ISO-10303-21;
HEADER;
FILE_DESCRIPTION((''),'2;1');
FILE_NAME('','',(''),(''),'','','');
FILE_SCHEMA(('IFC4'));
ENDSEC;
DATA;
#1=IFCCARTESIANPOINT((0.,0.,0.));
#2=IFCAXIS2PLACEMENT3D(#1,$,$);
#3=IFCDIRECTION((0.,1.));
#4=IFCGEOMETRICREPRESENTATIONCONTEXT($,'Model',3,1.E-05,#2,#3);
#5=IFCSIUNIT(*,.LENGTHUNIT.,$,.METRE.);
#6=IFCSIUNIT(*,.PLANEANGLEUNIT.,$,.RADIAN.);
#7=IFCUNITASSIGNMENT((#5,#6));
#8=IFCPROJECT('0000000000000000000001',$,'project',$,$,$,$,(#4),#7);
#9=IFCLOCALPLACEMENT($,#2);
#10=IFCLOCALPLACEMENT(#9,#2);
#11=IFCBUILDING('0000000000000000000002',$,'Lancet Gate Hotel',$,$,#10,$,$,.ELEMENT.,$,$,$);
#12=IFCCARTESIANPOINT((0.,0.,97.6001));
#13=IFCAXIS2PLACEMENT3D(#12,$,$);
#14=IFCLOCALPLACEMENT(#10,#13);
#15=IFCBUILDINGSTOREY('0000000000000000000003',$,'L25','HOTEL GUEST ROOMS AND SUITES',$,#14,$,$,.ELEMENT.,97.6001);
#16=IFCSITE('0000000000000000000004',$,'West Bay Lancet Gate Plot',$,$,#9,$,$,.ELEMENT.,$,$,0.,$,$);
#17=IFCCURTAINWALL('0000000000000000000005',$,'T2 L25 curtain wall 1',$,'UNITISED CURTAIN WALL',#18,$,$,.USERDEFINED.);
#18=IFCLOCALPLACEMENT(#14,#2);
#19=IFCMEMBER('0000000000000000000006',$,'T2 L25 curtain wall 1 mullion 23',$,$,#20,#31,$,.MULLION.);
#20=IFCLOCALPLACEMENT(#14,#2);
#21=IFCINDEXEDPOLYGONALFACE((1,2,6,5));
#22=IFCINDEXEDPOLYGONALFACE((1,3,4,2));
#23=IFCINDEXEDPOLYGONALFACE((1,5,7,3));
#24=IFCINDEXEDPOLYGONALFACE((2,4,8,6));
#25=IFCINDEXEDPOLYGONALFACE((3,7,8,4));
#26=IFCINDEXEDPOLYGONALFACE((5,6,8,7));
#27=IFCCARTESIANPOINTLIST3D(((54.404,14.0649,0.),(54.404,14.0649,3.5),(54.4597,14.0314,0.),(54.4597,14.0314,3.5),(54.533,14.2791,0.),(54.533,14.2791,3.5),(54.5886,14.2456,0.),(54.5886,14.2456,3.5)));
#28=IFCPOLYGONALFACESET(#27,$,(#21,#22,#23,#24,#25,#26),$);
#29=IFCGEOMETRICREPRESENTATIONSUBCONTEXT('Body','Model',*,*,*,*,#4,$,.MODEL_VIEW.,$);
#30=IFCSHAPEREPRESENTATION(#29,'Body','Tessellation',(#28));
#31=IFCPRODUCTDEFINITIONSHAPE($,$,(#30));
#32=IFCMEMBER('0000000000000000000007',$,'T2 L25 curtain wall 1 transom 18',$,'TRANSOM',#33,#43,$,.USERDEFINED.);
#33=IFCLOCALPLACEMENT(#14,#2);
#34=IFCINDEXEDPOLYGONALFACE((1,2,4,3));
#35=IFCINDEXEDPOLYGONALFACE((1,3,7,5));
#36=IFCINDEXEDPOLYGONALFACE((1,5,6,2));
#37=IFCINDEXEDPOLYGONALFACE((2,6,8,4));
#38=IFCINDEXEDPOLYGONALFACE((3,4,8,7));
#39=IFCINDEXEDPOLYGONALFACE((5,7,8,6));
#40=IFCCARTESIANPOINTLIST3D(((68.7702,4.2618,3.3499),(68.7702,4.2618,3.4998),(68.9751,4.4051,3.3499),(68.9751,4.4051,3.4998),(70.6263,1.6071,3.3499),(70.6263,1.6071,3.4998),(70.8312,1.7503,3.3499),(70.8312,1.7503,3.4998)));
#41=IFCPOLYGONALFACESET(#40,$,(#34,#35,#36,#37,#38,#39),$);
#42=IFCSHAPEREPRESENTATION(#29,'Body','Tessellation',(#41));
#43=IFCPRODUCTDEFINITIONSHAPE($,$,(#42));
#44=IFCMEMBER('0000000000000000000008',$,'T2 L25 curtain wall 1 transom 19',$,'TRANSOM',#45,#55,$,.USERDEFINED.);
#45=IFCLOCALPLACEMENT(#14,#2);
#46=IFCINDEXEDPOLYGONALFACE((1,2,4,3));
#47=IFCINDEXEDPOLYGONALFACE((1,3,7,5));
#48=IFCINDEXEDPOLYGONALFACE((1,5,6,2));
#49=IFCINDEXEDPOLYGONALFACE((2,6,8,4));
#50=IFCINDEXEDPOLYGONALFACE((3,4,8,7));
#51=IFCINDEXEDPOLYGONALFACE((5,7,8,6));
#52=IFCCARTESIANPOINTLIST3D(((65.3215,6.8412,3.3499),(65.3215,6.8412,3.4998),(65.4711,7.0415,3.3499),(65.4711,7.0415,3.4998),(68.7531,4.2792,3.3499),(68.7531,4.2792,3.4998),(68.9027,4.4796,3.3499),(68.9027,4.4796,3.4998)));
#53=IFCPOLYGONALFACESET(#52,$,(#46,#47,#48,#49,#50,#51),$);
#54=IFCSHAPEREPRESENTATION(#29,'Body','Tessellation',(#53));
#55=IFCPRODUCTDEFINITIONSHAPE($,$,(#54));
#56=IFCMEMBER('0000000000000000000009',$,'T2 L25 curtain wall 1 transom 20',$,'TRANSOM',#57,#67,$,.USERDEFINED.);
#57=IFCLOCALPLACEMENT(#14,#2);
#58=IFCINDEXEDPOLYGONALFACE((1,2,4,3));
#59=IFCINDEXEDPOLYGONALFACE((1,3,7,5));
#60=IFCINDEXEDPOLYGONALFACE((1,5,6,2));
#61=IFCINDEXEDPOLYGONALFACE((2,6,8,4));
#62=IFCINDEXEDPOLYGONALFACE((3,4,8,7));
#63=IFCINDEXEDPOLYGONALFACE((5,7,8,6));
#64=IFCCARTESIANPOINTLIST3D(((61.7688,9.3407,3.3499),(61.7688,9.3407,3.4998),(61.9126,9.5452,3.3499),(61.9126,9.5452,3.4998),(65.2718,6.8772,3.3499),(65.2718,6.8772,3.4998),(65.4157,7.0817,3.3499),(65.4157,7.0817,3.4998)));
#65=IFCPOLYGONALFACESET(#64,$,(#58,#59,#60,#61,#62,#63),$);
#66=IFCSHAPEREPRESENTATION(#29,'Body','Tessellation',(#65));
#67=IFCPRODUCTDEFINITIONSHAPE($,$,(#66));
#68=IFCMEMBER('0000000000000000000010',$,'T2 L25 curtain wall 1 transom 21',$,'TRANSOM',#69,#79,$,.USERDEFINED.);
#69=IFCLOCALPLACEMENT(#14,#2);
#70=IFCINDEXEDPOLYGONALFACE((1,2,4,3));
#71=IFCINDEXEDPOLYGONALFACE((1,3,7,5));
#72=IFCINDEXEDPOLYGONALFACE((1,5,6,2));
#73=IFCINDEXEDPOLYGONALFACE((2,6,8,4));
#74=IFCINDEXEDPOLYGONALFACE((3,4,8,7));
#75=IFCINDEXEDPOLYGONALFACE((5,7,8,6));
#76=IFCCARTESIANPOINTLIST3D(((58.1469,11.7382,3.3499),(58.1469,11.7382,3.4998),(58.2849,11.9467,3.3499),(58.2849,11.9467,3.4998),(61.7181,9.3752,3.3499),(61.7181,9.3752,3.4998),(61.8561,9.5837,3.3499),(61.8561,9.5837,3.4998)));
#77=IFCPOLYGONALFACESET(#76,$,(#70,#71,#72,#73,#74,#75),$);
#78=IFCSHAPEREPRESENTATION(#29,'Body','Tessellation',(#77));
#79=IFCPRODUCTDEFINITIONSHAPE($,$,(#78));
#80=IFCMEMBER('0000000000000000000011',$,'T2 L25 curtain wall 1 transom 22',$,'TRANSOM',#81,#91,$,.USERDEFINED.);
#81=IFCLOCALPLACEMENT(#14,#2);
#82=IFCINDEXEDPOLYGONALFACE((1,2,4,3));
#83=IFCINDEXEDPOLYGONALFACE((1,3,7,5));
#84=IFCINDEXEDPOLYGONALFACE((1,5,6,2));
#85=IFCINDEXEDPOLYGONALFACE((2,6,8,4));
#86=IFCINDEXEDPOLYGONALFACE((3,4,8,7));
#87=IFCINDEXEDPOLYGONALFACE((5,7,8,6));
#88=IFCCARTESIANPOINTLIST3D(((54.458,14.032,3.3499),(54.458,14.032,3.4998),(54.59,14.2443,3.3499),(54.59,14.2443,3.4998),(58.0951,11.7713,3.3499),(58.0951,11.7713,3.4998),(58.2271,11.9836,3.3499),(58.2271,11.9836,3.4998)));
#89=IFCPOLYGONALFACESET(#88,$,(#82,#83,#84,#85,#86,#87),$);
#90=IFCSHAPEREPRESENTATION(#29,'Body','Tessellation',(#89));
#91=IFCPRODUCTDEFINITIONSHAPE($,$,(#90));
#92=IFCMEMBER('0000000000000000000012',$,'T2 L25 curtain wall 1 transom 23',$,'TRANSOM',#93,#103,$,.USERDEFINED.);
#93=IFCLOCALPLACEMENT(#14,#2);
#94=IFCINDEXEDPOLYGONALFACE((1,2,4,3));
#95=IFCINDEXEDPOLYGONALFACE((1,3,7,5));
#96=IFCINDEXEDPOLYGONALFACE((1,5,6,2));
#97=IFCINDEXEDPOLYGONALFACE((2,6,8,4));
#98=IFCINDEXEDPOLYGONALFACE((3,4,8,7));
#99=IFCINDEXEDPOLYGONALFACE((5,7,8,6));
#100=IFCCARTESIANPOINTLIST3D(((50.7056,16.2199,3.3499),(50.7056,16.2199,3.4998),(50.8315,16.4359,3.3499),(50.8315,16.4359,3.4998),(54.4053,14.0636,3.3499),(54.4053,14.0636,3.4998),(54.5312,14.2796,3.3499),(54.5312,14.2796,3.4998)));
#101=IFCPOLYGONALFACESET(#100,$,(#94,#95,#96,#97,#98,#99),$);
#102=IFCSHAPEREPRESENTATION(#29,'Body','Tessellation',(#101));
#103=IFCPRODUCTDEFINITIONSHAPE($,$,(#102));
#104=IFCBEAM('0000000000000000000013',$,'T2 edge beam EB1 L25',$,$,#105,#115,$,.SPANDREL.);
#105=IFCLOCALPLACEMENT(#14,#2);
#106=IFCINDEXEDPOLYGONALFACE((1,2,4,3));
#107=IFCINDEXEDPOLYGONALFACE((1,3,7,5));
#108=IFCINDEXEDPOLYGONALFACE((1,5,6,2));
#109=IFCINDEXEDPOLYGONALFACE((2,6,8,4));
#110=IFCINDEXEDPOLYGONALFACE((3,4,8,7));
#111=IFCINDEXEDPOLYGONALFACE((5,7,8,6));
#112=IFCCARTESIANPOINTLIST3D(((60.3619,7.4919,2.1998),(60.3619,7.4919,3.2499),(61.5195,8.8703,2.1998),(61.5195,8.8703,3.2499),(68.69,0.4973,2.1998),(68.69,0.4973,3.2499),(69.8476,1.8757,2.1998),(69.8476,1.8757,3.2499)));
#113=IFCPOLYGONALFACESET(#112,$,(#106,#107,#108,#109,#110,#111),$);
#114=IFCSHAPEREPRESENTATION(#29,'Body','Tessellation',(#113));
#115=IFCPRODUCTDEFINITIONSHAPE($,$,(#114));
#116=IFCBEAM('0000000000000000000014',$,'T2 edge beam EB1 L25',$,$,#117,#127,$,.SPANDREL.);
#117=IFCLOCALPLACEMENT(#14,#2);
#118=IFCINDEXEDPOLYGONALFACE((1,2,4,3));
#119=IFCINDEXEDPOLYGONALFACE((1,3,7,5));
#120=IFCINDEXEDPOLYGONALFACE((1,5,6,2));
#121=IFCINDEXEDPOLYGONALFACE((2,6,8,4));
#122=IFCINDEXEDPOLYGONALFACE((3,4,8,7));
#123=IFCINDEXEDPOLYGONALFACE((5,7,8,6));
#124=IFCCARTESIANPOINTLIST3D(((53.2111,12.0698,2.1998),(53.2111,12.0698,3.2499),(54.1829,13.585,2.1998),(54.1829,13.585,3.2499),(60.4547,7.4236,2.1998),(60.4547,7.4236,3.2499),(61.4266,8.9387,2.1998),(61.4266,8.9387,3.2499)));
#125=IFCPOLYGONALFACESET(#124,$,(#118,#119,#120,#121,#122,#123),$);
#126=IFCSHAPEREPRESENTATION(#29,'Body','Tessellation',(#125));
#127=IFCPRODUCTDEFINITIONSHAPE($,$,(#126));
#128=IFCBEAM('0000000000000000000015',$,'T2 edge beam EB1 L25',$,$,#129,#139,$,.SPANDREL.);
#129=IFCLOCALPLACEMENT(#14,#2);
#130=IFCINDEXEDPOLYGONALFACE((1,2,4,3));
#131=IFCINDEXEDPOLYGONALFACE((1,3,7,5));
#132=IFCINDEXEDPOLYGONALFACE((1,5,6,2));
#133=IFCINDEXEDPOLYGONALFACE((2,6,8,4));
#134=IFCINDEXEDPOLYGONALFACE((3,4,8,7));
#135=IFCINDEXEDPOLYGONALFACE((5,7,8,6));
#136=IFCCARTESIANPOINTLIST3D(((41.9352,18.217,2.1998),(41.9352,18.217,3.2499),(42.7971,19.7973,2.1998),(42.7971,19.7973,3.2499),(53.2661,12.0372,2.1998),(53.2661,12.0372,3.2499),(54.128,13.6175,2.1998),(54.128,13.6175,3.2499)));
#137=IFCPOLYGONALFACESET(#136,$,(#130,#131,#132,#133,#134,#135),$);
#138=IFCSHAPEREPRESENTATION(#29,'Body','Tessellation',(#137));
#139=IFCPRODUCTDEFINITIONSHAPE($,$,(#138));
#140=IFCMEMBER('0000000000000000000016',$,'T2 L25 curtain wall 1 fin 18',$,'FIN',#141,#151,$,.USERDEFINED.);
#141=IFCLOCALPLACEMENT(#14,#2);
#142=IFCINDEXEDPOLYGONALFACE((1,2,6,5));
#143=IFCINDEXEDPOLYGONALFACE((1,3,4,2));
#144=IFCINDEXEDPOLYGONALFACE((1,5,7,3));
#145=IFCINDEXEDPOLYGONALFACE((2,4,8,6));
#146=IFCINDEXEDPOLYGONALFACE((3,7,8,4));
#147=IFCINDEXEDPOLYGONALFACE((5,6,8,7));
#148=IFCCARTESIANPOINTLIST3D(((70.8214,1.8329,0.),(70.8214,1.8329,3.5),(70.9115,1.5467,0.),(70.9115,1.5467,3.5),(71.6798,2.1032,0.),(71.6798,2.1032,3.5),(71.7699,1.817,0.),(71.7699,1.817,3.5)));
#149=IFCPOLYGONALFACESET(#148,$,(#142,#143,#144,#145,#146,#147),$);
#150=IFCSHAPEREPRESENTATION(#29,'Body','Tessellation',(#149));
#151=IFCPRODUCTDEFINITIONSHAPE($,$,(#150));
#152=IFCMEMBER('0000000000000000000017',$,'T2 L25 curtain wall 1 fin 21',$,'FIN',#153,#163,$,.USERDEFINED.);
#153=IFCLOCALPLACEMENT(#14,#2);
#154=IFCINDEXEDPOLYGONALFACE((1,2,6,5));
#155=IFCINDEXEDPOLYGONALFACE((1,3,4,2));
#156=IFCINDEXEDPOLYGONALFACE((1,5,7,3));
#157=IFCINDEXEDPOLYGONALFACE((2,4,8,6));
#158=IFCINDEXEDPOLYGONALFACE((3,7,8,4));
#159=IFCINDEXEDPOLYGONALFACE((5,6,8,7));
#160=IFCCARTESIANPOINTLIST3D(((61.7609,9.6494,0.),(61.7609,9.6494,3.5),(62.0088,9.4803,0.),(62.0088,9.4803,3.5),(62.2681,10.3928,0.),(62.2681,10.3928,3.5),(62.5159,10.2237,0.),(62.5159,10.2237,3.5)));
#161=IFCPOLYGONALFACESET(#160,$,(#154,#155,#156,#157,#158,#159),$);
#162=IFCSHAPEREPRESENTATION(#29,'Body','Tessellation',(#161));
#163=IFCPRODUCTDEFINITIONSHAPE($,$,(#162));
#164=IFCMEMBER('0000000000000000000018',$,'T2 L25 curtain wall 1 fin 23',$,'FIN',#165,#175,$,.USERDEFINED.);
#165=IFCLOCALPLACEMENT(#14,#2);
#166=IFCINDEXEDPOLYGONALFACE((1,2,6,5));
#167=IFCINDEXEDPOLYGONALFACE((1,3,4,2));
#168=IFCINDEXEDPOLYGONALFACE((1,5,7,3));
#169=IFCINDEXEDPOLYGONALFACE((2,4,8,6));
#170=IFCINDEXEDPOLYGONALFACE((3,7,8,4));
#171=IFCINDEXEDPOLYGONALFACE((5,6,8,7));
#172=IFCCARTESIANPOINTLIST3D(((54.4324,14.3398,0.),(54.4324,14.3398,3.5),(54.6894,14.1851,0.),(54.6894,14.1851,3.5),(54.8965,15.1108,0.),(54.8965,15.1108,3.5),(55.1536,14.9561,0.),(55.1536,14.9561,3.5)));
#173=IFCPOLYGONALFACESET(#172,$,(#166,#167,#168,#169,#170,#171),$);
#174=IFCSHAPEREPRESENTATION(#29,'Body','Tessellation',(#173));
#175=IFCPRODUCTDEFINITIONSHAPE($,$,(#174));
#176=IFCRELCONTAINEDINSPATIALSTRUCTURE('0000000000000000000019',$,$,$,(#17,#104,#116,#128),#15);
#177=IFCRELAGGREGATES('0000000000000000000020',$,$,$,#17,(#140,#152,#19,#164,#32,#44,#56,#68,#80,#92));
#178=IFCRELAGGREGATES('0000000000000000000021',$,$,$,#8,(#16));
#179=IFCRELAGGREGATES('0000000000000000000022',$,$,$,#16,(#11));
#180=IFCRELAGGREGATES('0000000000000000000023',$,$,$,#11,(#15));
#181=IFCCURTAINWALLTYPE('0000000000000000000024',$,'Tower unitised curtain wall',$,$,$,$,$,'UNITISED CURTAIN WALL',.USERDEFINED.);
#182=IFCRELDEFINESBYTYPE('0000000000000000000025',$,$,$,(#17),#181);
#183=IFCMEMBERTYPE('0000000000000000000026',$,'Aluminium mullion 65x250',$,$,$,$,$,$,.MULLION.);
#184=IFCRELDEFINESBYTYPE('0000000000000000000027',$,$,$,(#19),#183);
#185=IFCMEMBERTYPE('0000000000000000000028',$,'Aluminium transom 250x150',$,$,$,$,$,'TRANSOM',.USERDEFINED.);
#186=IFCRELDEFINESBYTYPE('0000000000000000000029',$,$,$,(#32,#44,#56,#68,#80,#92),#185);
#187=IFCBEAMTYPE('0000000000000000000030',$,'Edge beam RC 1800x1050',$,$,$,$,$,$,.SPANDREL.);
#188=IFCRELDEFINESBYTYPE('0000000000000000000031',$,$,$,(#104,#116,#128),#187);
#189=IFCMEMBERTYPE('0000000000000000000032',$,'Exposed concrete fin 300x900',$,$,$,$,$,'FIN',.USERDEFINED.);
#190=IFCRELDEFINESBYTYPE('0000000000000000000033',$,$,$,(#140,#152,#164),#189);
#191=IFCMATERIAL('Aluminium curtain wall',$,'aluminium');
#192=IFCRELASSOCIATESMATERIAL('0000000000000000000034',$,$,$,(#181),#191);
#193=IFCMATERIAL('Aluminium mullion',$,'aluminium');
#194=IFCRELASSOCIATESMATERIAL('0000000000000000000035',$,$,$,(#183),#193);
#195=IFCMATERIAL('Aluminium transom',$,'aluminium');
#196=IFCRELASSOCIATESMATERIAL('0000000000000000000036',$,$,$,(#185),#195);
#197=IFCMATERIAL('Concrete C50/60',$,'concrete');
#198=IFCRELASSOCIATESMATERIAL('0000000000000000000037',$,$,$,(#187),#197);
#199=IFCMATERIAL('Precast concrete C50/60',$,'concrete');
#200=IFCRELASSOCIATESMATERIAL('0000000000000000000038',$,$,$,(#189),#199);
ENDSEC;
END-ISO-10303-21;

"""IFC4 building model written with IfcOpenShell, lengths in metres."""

from ifc_helpers import new_model, si_unit, direction, frame, origin, origin_2d, place, context, subcontext, project, spatial, rectangle, extrude, material, material_profile, profile_set, type_object, element, aggregate, save


model = new_model("IFC4")

# Units and contexts
model_context = context("Model", 3, precision=1e-05, world=origin(), true_north=direction((0.0, 1.0)))
body_context = subcontext(model_context, "Body", "Model", "MODEL_VIEW")
ifc_project = project(units=[si_unit("LENGTHUNIT", "METRE"), si_unit("PLANEANGLEUNIT", "RADIAN")], contexts=[model_context])

# Site, building, storey
site_placement = place(None, origin())
site = spatial("IfcSite", under=ifc_project, at=site_placement, Name="West Bay Lancet Gate Plot", CompositionType="ELEMENT", RefElevation=0.0)
building_placement = place(site_placement, origin())
building = spatial("IfcBuilding", under=site, at=building_placement, Name="Lancet Gate Hotel", CompositionType="ELEMENT")
storey_placement = place(building_placement, frame((0.0, 0.0, 97.6001)))
storey = spatial("IfcBuildingStorey", under=building, at=storey_placement, Name="L25", Description="HOTEL GUEST ROOMS AND SUITES", CompositionType="ELEMENT", Elevation=97.6001)

# Curtain wall, members
ifc_material_1 = material(Name="Aluminium curtain wall", Category="aluminium")
curtain_wall_type = type_object("IfcCurtainWallType", Name="Tower unitised curtain wall", ElementType="UNITISED CURTAIN WALL", PredefinedType="USERDEFINED", material=ifc_material_1)
curtain_wall_placement = place(storey_placement, origin())
curtain_wall = element("IfcCurtainWall", 1, at=curtain_wall_placement, inside=storey, type_object=curtain_wall_type, Name="T2 L25 curtain wall 1", ObjectType="UNITISED CURTAIN WALL", PredefinedType="USERDEFINED")
ifc_material_2 = material(Name="Aluminium mullion", Category="aluminium")
ifc_material_profile_1 = material_profile(ifc_material_2, rectangle(XDim=0.0649, YDim=0.25, at=origin_2d()), Name="MULLION 65x250")
ifc_profile_set_1 = profile_set([ifc_material_profile_1], Name="Aluminium mullion")
member_type_1 = type_object("IfcMemberType", Name="Aluminium mullion 65x250", PredefinedType="MULLION", material=ifc_profile_set_1)
member_1_placement = place(storey_placement, frame((54.4963, 14.1553, 0.0), z_axis=(0.0, 0.0, 1.0), x_axis=(-0.856728, 0.515768, 0.0)))
member_1 = element("IfcMember", 2, at=member_1_placement, type_object=member_type_1, Name="T2 L25 curtain wall 1 mullion 23", PredefinedType="MULLION", context=body_context, shape_type="SweptSolid", body=[
    extrude(rectangle(XDim=0.0649, YDim=0.25, at=origin_2d()), origin(), (0.0, 0.0, 1.0), 3.5),
])
ifc_material_3 = material(Name="Aluminium transom", Category="aluminium")
ifc_material_profile_2 = material_profile(ifc_material_3, rectangle(XDim=0.25, YDim=0.1499, at=origin_2d()), Name="TRANSOM 250x150")
ifc_profile_set_2 = profile_set([ifc_material_profile_2], Name="Aluminium transom")
member_type_2 = type_object("IfcMemberType", Name="Aluminium transom 250x150", ElementType="TRANSOM", PredefinedType="USERDEFINED", material=ifc_profile_set_2)
member_2_placement = place(storey_placement, frame((70.7288, 1.6787, 3.4248), z_axis=(-0.573017, 0.819543, 0.0), x_axis=(-0.819543, -0.573017, 0.0)))
member_2 = element("IfcMember", 3, at=member_2_placement, type_object=member_type_2, Name="T2 L25 curtain wall 1 transom 18", ObjectType="TRANSOM", PredefinedType="USERDEFINED", context=body_context, shape_type="SweptSolid", body=[
    extrude(rectangle(XDim=0.25, YDim=0.1499, at=origin_2d()), origin(), (0.0, 0.0, 1.0), 3.2393),
])
member_3_placement = place(storey_placement, frame((68.8279, 4.3794, 3.4248), z_axis=(-0.801312, 0.598247, 0.0), x_axis=(-0.598247, -0.801312, 0.0)))
member_3 = element("IfcMember", 4, at=member_3_placement, type_object=member_type_2, Name="T2 L25 curtain wall 1 transom 19", ObjectType="TRANSOM", PredefinedType="USERDEFINED", context=body_context, shape_type="SweptSolid", body=[
    extrude(rectangle(XDim=0.25, YDim=0.1499, at=origin_2d()), origin(), (0.0, 0.0, 1.0), 4.2825),
])
member_4_placement = place(storey_placement, frame((65.3438, 6.9795, 3.4248), z_axis=(-0.817987, 0.575236, 0.0), x_axis=(-0.575236, -0.817987, 0.0)))
member_4 = element("IfcMember", 5, at=member_4_placement, type_object=member_type_2, Name="T2 L25 curtain wall 1 transom 20", ObjectType="TRANSOM", PredefinedType="USERDEFINED", context=body_context, shape_type="SweptSolid", body=[
    extrude(rectangle(XDim=0.25, YDim=0.1499, at=origin_2d()), origin(), (0.0, 0.0, 1.0), 4.2825),
])
member_5_placement = place(storey_placement, frame((61.7871, 9.4795, 3.4248), z_axis=(-0.833966, 0.551816, 0.0), x_axis=(-0.551816, -0.833966, 0.0)))
member_5 = element("IfcMember", 6, at=member_5_placement, type_object=member_type_2, Name="T2 L25 curtain wall 1 transom 21", ObjectType="TRANSOM", PredefinedType="USERDEFINED", context=body_context, shape_type="SweptSolid", body=[
    extrude(rectangle(XDim=0.25, YDim=0.1499, at=origin_2d()), origin(), (0.0, 0.0, 1.0), 4.2822),
])
member_6_placement = place(storey_placement, frame((58.1611, 11.8774, 3.4248), z_axis=(-0.849309, 0.527896, 0.0), x_axis=(-0.527896, -0.849309, 0.0)))
member_6 = element("IfcMember", 7, at=member_6_placement, type_object=member_type_2, Name="T2 L25 curtain wall 1 transom 22", ObjectType="TRANSOM", PredefinedType="USERDEFINED", context=body_context, shape_type="SweptSolid", body=[
    extrude(rectangle(XDim=0.25, YDim=0.1499, at=origin_2d()), origin(), (0.0, 0.0, 1.0), 4.2825),
])
member_7_placement = place(storey_placement, frame((54.4683, 14.1716, 3.4248), z_axis=(-0.863973, 0.503538, 0.0), x_axis=(-0.503538, -0.863973, 0.0)))
member_7 = element("IfcMember", 8, at=member_7_placement, type_object=member_type_2, Name="T2 L25 curtain wall 1 transom 23", ObjectType="TRANSOM", PredefinedType="USERDEFINED", context=body_context, shape_type="SweptSolid", body=[
    extrude(rectangle(XDim=0.25, YDim=0.1499, at=origin_2d()), origin(), (0.0, 0.0, 1.0), 4.2822),
])

# Beams
ifc_material_4 = material(Name="Concrete C50/60", Category="concrete")
ifc_material_profile_3 = material_profile(ifc_material_4, rectangle(XDim=1.8, YDim=1.05, at=origin_2d()), Name="RC 1800x1050")
ifc_profile_set_3 = profile_set([ifc_material_profile_3], Name="Concrete C50/60")
beam_type_1 = type_object("IfcBeamType", Name="Edge beam RC 1800x1050", PredefinedType="SPANDREL", material=ifc_profile_set_3)
beam_1_placement = place(storey_placement, frame((69.2688, 1.1865, 2.7249), z_axis=(-0.76575, 0.643138, 0.0), x_axis=(-0.643138, -0.76575, 0.0)))
element("IfcBeam", 9, at=beam_1_placement, inside=storey, type_object=beam_type_1, Name="T2 edge beam EB1 L25", PredefinedType="SPANDREL", context=body_context, shape_type="SweptSolid", body=[
    extrude(rectangle(XDim=1.8, YDim=1.05, at=origin_2d()), origin(), (0.0, 0.0, 1.0), 10.8757),
])
beam_2_placement = place(storey_placement, frame((60.9407, 8.1812, 2.7249), z_axis=(-0.841727, 0.539903, 0.0), x_axis=(-0.539903, -0.841727, 0.0)))
element("IfcBeam", 10, at=beam_2_placement, inside=storey, type_object=beam_type_1, Name="T2 edge beam EB1 L25", PredefinedType="SPANDREL", context=body_context, shape_type="SweptSolid", body=[
    extrude(rectangle(XDim=1.8, YDim=1.05, at=origin_2d()), origin(), (0.0, 0.0, 1.0), 8.6057),
])
beam_3_placement = place(storey_placement, frame((53.697, 12.8274, 2.7249), z_axis=(-0.87792, 0.478807, 0.0), x_axis=(-0.478807, -0.87792, 0.0)))
element("IfcBeam", 11, at=beam_3_placement, inside=storey, type_object=beam_type_1, Name="T2 edge beam EB1 L25", PredefinedType="SPANDREL", context=body_context, shape_type="SweptSolid", body=[
    extrude(rectangle(XDim=1.8, YDim=1.05, at=origin_2d()), origin(), (0.0, 0.0, 1.0), 12.9065),
])

# Members
ifc_material_5 = material(Name="Precast concrete C50/60", Category="concrete")
ifc_material_profile_4 = material_profile(ifc_material_5, rectangle(XDim=0.3, YDim=0.8999, at=origin_2d()), Name="FIN 300x900")
ifc_profile_set_4 = profile_set([ifc_material_profile_4], Name="Precast concrete C50/60")
member_type_3 = type_object("IfcMemberType", Name="Exposed concrete fin 300x900", ElementType="FIN", PredefinedType="USERDEFINED", material=ifc_profile_set_4)
member_8_placement = place(storey_placement, frame((71.2957, 1.825, 0.0), z_axis=(0.0, 0.0, 1.0), x_axis=(-0.300385, 0.953818, 0.0)))
member_8 = element("IfcMember", 12, at=member_8_placement, type_object=member_type_3, Name="T2 L25 curtain wall 1 fin 18", ObjectType="FIN", PredefinedType="USERDEFINED", context=body_context, shape_type="SweptSolid", body=[
    extrude(rectangle(XDim=0.3, YDim=0.8999, at=origin_2d()), origin(), (0.0, 0.0, 1.0), 3.5),
])
member_9_placement = place(storey_placement, frame((62.1384, 9.9365, 0.0), z_axis=(0.0, 0.0, 1.0), x_axis=(-0.826066, 0.563574, 0.0)))
member_9 = element("IfcMember", 13, at=member_9_placement, type_object=member_type_3, Name="T2 L25 curtain wall 1 fin 21", ObjectType="FIN", PredefinedType="USERDEFINED", context=body_context, shape_type="SweptSolid", body=[
    extrude(rectangle(XDim=0.3, YDim=0.8999, at=origin_2d()), origin(), (0.0, 0.0, 1.0), 3.5),
])
member_10_placement = place(storey_placement, frame((54.793, 14.6479, 0.0), z_axis=(0.0, 0.0, 1.0), x_axis=(-0.856728, 0.515768, 0.0)))
member_10 = element("IfcMember", 14, at=member_10_placement, type_object=member_type_3, Name="T2 L25 curtain wall 1 fin 23", ObjectType="FIN", PredefinedType="USERDEFINED", context=body_context, shape_type="SweptSolid", body=[
    extrude(rectangle(XDim=0.3, YDim=0.8999, at=origin_2d()), origin(), (0.0, 0.0, 1.0), 3.5),
])

aggregate(curtain_wall, [member_8, member_9, member_1, member_10, member_2, member_3, member_4, member_5, member_6, member_7])

save(model, "model.ifc")
